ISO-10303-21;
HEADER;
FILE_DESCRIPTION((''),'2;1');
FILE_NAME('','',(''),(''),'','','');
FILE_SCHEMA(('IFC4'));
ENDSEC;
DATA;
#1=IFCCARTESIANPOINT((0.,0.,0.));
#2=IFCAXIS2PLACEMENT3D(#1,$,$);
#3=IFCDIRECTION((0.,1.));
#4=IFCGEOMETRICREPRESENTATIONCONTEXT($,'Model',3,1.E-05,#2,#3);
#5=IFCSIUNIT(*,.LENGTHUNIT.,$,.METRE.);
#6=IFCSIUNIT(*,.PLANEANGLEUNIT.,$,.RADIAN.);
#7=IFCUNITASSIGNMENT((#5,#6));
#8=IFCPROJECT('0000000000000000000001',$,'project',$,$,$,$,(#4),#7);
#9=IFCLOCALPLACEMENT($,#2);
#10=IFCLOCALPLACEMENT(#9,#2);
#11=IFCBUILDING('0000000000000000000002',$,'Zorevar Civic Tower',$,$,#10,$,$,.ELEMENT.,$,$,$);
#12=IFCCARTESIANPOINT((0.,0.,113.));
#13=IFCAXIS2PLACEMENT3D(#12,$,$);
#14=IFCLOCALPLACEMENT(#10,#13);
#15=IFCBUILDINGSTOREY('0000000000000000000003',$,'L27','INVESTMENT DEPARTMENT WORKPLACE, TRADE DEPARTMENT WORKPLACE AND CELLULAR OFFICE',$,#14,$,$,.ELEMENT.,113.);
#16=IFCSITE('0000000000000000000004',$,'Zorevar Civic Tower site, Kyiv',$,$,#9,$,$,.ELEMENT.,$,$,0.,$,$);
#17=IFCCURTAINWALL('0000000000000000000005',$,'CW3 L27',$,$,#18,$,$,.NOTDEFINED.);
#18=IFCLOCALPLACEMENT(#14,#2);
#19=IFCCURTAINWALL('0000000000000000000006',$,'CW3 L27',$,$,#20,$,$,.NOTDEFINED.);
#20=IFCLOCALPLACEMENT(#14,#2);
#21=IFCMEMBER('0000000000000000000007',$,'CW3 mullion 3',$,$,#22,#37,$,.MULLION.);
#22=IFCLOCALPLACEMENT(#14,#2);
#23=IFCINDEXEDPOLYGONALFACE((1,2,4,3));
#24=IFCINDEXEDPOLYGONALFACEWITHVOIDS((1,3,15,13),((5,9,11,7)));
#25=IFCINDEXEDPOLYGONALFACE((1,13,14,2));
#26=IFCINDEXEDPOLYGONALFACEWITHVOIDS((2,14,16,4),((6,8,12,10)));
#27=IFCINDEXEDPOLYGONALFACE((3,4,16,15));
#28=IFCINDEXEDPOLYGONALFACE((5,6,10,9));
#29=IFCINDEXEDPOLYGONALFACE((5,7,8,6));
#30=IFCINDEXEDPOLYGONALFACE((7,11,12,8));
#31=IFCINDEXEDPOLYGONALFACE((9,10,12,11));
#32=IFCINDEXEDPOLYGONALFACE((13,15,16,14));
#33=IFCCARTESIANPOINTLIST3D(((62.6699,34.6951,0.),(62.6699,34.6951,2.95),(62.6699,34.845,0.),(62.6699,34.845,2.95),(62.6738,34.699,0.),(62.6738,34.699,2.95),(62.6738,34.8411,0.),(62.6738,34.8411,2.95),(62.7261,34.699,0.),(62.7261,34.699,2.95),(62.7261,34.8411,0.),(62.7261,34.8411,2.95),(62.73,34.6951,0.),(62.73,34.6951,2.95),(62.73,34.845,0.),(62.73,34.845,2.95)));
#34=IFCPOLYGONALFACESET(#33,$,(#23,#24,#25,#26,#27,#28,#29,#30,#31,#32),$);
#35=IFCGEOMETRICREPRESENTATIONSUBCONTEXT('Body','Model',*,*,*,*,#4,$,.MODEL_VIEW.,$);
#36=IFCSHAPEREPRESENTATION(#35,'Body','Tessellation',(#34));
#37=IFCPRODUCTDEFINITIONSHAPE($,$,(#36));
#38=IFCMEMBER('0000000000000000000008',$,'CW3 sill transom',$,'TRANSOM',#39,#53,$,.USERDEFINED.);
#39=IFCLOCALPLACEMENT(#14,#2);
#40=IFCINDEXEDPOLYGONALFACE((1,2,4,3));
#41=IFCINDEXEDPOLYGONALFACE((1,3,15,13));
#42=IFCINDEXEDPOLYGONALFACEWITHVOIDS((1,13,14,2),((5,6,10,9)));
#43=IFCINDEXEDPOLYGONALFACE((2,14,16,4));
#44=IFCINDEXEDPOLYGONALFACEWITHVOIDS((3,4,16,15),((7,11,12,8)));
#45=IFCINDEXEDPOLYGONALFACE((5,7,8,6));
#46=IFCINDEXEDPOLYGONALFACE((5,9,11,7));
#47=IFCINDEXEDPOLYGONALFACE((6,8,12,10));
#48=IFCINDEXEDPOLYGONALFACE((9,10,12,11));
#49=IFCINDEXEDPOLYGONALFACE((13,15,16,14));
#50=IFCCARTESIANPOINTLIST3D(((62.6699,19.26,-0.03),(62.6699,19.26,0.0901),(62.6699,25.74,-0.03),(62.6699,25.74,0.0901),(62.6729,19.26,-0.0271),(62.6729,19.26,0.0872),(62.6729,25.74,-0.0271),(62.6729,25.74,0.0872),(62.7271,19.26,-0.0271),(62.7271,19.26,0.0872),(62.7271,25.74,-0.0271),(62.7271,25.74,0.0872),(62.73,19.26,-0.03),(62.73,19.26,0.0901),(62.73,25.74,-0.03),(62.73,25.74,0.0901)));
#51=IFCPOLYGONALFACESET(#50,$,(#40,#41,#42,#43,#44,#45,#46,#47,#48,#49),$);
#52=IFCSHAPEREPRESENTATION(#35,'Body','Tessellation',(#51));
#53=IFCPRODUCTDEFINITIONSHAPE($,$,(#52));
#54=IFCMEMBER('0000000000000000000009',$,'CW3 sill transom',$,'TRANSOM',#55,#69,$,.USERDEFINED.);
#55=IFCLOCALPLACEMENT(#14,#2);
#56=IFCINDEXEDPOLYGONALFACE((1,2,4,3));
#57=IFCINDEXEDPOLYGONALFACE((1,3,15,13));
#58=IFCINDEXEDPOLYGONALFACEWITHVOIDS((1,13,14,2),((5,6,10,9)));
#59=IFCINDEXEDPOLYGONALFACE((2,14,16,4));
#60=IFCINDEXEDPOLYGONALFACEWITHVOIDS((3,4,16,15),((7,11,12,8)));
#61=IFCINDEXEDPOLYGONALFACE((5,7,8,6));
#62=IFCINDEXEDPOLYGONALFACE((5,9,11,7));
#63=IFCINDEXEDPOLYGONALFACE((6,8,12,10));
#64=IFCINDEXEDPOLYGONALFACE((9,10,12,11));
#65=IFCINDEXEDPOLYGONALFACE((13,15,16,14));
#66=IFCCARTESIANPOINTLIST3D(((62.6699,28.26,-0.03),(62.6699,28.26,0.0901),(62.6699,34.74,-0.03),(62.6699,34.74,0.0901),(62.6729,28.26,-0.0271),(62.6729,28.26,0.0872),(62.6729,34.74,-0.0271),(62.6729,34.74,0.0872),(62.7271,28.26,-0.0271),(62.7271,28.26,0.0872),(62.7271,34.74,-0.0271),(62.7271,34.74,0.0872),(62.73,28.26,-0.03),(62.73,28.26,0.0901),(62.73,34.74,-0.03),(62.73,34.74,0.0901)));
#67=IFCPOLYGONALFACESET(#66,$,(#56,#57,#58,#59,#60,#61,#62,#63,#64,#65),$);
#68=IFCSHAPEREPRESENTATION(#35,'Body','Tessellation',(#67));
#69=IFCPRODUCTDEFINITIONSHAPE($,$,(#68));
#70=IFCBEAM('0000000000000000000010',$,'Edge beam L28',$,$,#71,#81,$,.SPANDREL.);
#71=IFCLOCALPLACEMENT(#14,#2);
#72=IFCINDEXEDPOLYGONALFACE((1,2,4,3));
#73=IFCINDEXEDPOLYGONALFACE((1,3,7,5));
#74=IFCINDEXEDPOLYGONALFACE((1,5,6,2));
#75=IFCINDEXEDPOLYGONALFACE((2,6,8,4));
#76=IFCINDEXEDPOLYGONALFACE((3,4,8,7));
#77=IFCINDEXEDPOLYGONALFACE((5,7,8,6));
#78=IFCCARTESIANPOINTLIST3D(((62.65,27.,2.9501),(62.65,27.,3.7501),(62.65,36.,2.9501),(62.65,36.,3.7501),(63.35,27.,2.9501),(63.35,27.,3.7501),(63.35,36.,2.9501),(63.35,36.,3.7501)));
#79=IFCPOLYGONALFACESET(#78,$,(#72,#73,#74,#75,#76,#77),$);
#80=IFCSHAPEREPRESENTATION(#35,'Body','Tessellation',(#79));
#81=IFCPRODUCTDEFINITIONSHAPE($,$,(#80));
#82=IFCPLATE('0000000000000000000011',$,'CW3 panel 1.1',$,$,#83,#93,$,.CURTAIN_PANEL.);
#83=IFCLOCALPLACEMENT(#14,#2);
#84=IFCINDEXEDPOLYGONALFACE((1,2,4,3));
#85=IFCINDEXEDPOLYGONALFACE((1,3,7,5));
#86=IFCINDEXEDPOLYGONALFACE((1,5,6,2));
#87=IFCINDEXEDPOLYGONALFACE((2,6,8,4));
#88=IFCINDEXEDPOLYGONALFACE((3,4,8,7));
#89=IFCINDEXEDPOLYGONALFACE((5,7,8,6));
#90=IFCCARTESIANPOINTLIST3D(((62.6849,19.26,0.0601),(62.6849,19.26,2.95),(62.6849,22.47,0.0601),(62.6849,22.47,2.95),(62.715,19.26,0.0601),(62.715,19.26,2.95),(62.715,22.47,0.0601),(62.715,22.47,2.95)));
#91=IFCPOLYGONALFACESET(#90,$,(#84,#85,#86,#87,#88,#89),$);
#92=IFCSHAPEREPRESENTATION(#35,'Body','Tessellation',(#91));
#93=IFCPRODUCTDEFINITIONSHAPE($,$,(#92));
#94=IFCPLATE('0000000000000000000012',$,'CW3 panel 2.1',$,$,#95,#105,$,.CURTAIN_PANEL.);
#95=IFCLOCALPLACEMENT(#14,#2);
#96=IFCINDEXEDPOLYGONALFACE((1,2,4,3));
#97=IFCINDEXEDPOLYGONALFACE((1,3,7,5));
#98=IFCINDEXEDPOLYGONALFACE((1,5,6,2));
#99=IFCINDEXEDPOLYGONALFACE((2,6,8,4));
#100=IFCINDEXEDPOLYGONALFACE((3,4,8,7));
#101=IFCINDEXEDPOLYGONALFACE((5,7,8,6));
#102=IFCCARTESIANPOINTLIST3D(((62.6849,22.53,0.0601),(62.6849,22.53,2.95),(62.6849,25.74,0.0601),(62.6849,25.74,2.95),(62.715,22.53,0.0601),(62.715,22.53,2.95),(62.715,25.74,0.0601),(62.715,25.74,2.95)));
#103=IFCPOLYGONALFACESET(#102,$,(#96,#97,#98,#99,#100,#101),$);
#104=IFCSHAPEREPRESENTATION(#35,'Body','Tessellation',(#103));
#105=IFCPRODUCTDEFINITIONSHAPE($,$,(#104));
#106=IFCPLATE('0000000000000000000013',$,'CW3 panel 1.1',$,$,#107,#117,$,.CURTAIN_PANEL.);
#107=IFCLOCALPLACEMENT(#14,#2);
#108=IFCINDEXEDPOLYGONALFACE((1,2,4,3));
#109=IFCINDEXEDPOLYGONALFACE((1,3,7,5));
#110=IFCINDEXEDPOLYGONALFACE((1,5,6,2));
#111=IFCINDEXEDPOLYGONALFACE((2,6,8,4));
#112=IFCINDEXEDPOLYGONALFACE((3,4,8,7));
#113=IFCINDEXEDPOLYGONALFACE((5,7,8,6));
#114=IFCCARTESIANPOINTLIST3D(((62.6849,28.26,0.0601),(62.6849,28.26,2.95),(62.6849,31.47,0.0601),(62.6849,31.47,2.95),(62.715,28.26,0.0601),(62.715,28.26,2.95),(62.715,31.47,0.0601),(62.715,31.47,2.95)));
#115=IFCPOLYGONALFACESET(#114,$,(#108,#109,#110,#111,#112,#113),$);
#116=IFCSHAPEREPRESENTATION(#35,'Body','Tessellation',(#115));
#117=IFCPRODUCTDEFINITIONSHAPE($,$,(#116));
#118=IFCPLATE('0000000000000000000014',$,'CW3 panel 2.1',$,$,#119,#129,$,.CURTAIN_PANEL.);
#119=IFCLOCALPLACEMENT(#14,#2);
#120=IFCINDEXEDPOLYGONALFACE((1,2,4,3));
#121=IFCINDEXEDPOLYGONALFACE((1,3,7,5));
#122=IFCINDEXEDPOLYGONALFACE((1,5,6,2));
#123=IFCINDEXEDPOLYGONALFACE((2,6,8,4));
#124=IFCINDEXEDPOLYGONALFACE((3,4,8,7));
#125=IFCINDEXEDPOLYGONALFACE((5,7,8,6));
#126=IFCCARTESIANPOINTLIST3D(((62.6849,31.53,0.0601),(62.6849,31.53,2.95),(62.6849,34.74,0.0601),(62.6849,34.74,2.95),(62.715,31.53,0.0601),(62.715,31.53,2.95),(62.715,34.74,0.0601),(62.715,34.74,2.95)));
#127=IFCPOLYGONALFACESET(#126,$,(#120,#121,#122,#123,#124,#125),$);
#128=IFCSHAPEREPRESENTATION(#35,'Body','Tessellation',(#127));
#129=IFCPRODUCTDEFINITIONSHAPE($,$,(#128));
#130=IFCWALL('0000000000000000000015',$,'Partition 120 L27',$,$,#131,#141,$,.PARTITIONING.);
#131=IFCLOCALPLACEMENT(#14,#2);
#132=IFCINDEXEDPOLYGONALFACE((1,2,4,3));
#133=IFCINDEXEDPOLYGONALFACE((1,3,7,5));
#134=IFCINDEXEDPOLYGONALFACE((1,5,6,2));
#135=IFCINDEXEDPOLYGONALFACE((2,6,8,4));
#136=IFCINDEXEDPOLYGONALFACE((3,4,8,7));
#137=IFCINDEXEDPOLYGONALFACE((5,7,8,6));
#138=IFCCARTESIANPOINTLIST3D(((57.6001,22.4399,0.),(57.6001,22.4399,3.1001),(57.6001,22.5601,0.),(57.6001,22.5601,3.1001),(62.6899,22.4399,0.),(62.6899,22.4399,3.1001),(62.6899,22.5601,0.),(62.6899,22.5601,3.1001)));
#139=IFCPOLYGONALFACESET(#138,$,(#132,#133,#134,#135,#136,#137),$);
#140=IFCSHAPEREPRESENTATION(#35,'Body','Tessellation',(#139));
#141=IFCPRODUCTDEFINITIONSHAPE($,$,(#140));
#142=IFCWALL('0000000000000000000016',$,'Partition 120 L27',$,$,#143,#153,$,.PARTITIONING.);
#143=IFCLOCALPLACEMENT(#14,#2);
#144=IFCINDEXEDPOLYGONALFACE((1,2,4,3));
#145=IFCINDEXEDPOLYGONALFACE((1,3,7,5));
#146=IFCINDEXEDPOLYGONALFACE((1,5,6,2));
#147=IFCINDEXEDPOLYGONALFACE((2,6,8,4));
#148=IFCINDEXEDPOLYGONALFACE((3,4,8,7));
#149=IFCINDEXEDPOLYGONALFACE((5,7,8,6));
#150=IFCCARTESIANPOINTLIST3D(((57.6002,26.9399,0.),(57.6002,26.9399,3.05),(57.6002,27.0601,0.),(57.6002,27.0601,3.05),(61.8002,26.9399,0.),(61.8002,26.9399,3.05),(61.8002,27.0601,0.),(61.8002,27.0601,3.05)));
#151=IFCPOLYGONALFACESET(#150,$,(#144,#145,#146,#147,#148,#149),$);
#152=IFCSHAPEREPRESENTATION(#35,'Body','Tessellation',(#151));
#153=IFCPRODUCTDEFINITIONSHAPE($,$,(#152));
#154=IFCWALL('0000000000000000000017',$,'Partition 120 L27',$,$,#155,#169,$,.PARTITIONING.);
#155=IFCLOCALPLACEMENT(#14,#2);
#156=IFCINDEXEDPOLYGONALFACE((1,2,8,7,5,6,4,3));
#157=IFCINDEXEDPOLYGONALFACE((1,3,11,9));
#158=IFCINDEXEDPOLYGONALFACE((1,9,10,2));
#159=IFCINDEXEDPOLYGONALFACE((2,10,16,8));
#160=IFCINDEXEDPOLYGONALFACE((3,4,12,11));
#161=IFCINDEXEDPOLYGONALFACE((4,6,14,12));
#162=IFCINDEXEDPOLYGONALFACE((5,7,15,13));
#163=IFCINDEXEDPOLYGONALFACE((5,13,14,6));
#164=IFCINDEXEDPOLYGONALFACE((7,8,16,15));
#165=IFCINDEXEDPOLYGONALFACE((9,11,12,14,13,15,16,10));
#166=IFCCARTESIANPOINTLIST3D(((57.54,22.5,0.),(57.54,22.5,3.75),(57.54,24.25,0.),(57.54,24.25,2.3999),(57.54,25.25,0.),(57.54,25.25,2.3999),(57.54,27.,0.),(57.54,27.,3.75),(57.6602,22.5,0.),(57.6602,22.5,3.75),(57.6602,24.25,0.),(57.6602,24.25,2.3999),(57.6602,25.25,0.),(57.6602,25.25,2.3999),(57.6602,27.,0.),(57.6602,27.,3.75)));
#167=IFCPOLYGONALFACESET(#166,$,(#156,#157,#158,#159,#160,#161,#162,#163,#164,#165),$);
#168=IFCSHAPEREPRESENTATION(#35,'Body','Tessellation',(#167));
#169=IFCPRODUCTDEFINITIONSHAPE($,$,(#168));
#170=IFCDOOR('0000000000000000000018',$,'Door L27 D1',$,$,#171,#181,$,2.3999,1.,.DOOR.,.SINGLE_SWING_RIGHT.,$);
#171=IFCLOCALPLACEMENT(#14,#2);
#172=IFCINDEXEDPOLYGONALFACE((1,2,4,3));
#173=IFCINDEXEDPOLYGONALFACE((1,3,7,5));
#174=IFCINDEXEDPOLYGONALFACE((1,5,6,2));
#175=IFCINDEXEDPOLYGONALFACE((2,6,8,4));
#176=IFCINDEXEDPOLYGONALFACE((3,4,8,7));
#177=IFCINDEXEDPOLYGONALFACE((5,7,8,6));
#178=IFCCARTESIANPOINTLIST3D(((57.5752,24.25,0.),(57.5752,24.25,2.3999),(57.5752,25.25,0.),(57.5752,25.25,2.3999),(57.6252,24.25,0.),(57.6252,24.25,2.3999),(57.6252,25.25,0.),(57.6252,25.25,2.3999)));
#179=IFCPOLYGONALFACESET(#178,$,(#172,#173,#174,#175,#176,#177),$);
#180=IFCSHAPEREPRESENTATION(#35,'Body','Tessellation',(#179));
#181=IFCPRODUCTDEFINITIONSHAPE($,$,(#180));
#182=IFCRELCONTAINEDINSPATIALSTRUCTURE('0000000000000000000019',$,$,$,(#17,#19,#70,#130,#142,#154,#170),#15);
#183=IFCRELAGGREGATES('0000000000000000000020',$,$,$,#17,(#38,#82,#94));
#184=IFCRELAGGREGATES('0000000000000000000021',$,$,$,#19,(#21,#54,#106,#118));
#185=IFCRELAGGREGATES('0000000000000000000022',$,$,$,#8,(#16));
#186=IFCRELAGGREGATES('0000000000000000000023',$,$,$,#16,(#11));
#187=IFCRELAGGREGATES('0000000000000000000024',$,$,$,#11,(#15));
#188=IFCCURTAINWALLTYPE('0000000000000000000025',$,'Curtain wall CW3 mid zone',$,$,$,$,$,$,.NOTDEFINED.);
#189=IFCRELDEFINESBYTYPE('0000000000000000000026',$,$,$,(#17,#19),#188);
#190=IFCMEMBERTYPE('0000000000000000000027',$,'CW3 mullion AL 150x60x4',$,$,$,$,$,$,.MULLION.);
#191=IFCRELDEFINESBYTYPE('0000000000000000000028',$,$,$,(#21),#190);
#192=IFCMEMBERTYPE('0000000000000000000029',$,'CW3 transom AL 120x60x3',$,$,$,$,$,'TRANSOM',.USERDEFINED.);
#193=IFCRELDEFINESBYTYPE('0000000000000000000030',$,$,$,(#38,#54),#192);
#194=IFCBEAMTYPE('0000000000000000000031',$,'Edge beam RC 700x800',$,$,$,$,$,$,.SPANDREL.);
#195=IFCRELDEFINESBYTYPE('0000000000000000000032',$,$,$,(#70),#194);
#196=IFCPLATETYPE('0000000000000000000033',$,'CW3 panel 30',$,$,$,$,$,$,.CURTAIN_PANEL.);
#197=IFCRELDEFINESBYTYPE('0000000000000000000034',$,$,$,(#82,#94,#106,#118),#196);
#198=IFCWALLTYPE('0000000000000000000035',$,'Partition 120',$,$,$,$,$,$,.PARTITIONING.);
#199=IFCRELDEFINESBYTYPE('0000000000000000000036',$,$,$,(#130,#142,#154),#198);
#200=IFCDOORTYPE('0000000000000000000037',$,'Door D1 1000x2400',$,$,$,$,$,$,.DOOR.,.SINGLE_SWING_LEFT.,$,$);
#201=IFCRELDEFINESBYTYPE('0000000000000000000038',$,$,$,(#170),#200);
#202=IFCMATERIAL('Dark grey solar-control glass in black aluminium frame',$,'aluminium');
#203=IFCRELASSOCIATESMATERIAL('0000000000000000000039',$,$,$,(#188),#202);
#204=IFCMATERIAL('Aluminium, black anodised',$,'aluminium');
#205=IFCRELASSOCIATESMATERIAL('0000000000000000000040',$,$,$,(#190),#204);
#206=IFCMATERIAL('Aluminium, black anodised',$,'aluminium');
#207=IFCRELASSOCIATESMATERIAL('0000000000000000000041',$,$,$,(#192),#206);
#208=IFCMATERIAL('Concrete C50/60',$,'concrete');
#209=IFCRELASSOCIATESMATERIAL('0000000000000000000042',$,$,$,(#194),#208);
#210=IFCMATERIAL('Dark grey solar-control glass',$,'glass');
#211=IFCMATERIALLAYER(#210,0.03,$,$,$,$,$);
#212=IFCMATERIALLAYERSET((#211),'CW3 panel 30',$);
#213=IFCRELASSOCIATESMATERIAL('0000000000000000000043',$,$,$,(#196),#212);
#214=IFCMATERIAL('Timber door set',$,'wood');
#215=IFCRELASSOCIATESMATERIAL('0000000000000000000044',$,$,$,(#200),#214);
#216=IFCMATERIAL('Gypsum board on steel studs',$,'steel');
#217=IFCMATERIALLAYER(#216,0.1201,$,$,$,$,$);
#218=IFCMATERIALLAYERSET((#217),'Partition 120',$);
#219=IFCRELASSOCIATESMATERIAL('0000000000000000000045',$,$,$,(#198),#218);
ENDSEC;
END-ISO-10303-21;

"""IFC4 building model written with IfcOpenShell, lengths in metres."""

from ifc_helpers import new_model, si_unit, direction, frame, frame_2d, origin, origin_2d, place, context, subcontext, project, spatial, rectangle, hollow_rectangle, extrude, material, layer, layer_set, material_profile, profile_set, type_object, element, fill, aggregate, save


model = new_model("IFC4")

# Units and contexts
model_context = context("Model", 3, precision=1e-05, world=origin(), true_north=direction((0.0, 1.0)))
body_context = subcontext(model_context, "Body", "Model", "MODEL_VIEW")
ifc_project = project(units=[si_unit("LENGTHUNIT", "METRE"), si_unit("PLANEANGLEUNIT", "RADIAN")], contexts=[model_context])

# Site, building, storey
site_placement = place(None, origin())
site = spatial("IfcSite", under=ifc_project, at=site_placement, Name="Zorevar Civic Tower site, Kyiv", CompositionType="ELEMENT", RefElevation=0.0)
building_placement = place(site_placement, origin())
building = spatial("IfcBuilding", under=site, at=building_placement, Name="Zorevar Civic Tower", CompositionType="ELEMENT")
storey_placement = place(building_placement, frame((0.0, 0.0, 113.0)))
storey = spatial("IfcBuildingStorey", under=building, at=storey_placement, Name="L27", Description="INVESTMENT DEPARTMENT WORKPLACE, TRADE DEPARTMENT WORKPLACE AND CELLULAR OFFICE", CompositionType="ELEMENT", Elevation=113.0)

# Curtain walls, member
ifc_material_1 = material(Name="Dark grey solar-control glass in black aluminium frame", Category="aluminium")
curtain_wall_type = type_object("IfcCurtainWallType", Name="Curtain wall CW3 mid zone", PredefinedType="NOTDEFINED", material=ifc_material_1)
curtain_wall_1_placement = place(storey_placement, origin())
curtain_wall_1 = element("IfcCurtainWall", 1, at=curtain_wall_1_placement, inside=storey, type_object=curtain_wall_type, Name="CW3 L27", PredefinedType="NOTDEFINED")
ifc_material_2 = material(Name="Aluminium, black anodised", Category="aluminium")
ifc_material_profile_1 = material_profile(ifc_material_2, hollow_rectangle(XDim=0.0601, YDim=0.1499, WallThickness=0.0039, at=origin_2d()), Name="AL 150x60x4")
ifc_profile_set_1 = profile_set([ifc_material_profile_1], Name="Aluminium, black anodised")
member_type_1 = type_object("IfcMemberType", Name="CW3 mullion AL 150x60x4", PredefinedType="MULLION", material=ifc_profile_set_1)
curtain_wall_2_placement = place(storey_placement, origin())
curtain_wall_2 = element("IfcCurtainWall", 2, at=curtain_wall_2_placement, inside=storey, type_object=curtain_wall_type, Name="CW3 L27", PredefinedType="NOTDEFINED")
member_1_placement = place(storey_placement, frame((62.7, 34.77, 0.0), z_axis=(0.0, 0.0, 1.0), x_axis=(-1.0, 0.0, 0.0)))
member_1 = element("IfcMember", 3, at=member_1_placement, type_object=member_type_1, Name="CW3 mullion 3", PredefinedType="MULLION", context=body_context, shape_type="SweptSolid", body=[
    extrude(hollow_rectangle(XDim=0.0601, YDim=0.1499, WallThickness=0.0039, at=origin_2d()), origin(), (0.0, 0.0, 1.0), 2.95),
])

# Members
ifc_material_3 = material(Name="Aluminium, black anodised", Category="aluminium")
ifc_material_profile_2 = material_profile(ifc_material_3, hollow_rectangle(XDim=0.0601, YDim=0.1201, WallThickness=0.0029, at=origin_2d()), Name="AL 120x60x3")
ifc_profile_set_2 = profile_set([ifc_material_profile_2], Name="Aluminium, black anodised")
member_type_2 = type_object("IfcMemberType", Name="CW3 transom AL 120x60x3", ElementType="TRANSOM", PredefinedType="USERDEFINED", material=ifc_profile_set_2)
member_2_placement = place(storey_placement, frame((62.7, 19.26, 0.03), z_axis=(0.0, 1.0, 0.0), x_axis=(-1.0, 0.0, 0.0)))
member_2 = element("IfcMember", 4, at=member_2_placement, type_object=member_type_2, Name="CW3 sill transom", ObjectType="TRANSOM", PredefinedType="USERDEFINED", context=body_context, shape_type="SweptSolid", body=[
    extrude(hollow_rectangle(XDim=0.0601, YDim=0.1201, WallThickness=0.0029, at=origin_2d()), origin(), (0.0, 0.0, 1.0), 6.48),
])
member_3_placement = place(storey_placement, frame((62.7, 28.26, 0.03), z_axis=(0.0, 1.0, 0.0), x_axis=(-1.0, 0.0, 0.0)))
member_3 = element("IfcMember", 5, at=member_3_placement, type_object=member_type_2, Name="CW3 sill transom", ObjectType="TRANSOM", PredefinedType="USERDEFINED", context=body_context, shape_type="SweptSolid", body=[
    extrude(hollow_rectangle(XDim=0.0601, YDim=0.1201, WallThickness=0.0029, at=origin_2d()), origin(), (0.0, 0.0, 1.0), 6.48),
])

# Beam
ifc_material_4 = material(Name="Concrete C50/60", Category="concrete")
ifc_material_profile_3 = material_profile(ifc_material_4, rectangle(XDim=0.7, YDim=0.8, at=origin_2d()), Name="RC 700x800")
ifc_profile_set_3 = profile_set([ifc_material_profile_3], Name="Concrete C50/60")
beam_type_1 = type_object("IfcBeamType", Name="Edge beam RC 700x800", PredefinedType="SPANDREL", material=ifc_profile_set_3)
beam_1_placement = place(storey_placement, frame((63.0, 27.0, 3.3501), z_axis=(0.0, 1.0, 0.0), x_axis=(-1.0, 0.0, 0.0)))
element("IfcBeam", 6, at=beam_1_placement, inside=storey, type_object=beam_type_1, Name="Edge beam L28", PredefinedType="SPANDREL", context=body_context, shape_type="SweptSolid", body=[
    extrude(rectangle(XDim=0.7, YDim=0.8, at=origin_2d()), origin(), (0.0, 0.0, 1.0), 9.0),
])

# Plates
ifc_material_5 = material(Name="Dark grey solar-control glass", Category="glass")
ifc_layer_1 = layer(ifc_material_5, 0.03)
ifc_layer_set_1 = layer_set([ifc_layer_1], Name="CW3 panel 30")
plate_type = type_object("IfcPlateType", Name="CW3 panel 30", PredefinedType="CURTAIN_PANEL", material=ifc_layer_set_1)
plate_1_placement = place(storey_placement, frame((62.7, 20.865, 0.0601), z_axis=(0.0, 0.0, 1.0), x_axis=(0.0, 1.0, 0.0)))
plate_1 = element("IfcPlate", 7, at=plate_1_placement, type_object=plate_type, Name="CW3 panel 1.1", PredefinedType="CURTAIN_PANEL", context=body_context, shape_type="SweptSolid", body=[
    extrude(rectangle(XDim=3.21, YDim=0.03, at=origin_2d()), origin(), (0.0, 0.0, 1.0), 2.8899),
])
plate_2_placement = place(storey_placement, frame((62.7, 24.135, 0.0601), z_axis=(0.0, 0.0, 1.0), x_axis=(0.0, 1.0, 0.0)))
plate_2 = element("IfcPlate", 8, at=plate_2_placement, type_object=plate_type, Name="CW3 panel 2.1", PredefinedType="CURTAIN_PANEL", context=body_context, shape_type="SweptSolid", body=[
    extrude(rectangle(XDim=3.21, YDim=0.03, at=origin_2d()), origin(), (0.0, 0.0, 1.0), 2.8899),
])
aggregate(curtain_wall_1, [member_2, plate_1, plate_2])
plate_3_placement = place(storey_placement, frame((62.7, 29.865, 0.0601), z_axis=(0.0, 0.0, 1.0), x_axis=(0.0, 1.0, 0.0)))
plate_3 = element("IfcPlate", 9, at=plate_3_placement, type_object=plate_type, Name="CW3 panel 1.1", PredefinedType="CURTAIN_PANEL", context=body_context, shape_type="SweptSolid", body=[
    extrude(rectangle(XDim=3.21, YDim=0.03, at=origin_2d()), origin(), (0.0, 0.0, 1.0), 2.8899),
])
plate_4_placement = place(storey_placement, frame((62.7, 33.135, 0.0601), z_axis=(0.0, 0.0, 1.0), x_axis=(0.0, 1.0, 0.0)))
plate_4 = element("IfcPlate", 10, at=plate_4_placement, type_object=plate_type, Name="CW3 panel 2.1", PredefinedType="CURTAIN_PANEL", context=body_context, shape_type="SweptSolid", body=[
    extrude(rectangle(XDim=3.21, YDim=0.03, at=origin_2d()), origin(), (0.0, 0.0, 1.0), 2.8899),
])
aggregate(curtain_wall_2, [member_1, member_3, plate_3, plate_4])

# Shared definitions
ifc_material_6 = material(Name="Timber door set", Category="wood")
door_type_1 = type_object("IfcDoorType", Name="Door D1 1000x2400", OperationType="SINGLE_SWING_LEFT", PredefinedType="DOOR", material=ifc_material_6)

# Walls
ifc_material_7 = material(Name="Gypsum board on steel studs", Category="steel")
ifc_layer_2 = layer(ifc_material_7, 0.1201)
ifc_layer_set_2 = layer_set([ifc_layer_2], Name="Partition 120")
wall_type_1 = type_object("IfcWallType", Name="Partition 120", PredefinedType="PARTITIONING", material=ifc_layer_set_2)
wall_1_placement = place(storey_placement, frame((57.6001, 22.5, 0.0), z_axis=(0.0, 0.0, 1.0), x_axis=(1.0, 0.0, 0.0)))
element("IfcWall", 11, at=wall_1_placement, inside=storey, type_object=wall_type_1, Name="Partition 120 L27", PredefinedType="PARTITIONING", context=body_context, shape_type="SweptSolid", body=[
    extrude(rectangle(XDim=5.0898, YDim=0.1201, at=frame_2d((2.5449, 0.0))), origin(), (0.0, 0.0, 1.0), 3.1001),
])
wall_2_placement = place(storey_placement, frame((57.6001, 27.0, 0.0), z_axis=(0.0, 0.0, 1.0), x_axis=(1.0, 0.0, 0.0)))
element("IfcWall", 12, at=wall_2_placement, inside=storey, type_object=wall_type_1, Name="Partition 120 L27", PredefinedType="PARTITIONING", context=body_context, shape_type="SweptSolid", body=[
    extrude(rectangle(XDim=4.2, YDim=0.1201, at=frame_2d((2.1001, 0.0))), origin(), (0.0, 0.0, 1.0), 3.05),
])

# Wall, opening, door
wall_3_placement = place(storey_placement, frame((57.6001, 22.5, 0.0), z_axis=(0.0, 0.0, 1.0), x_axis=(0.0, 1.0, 0.0)))
wall_3 = element("IfcWall", 13, at=wall_3_placement, inside=storey, type_object=wall_type_1, Name="Partition 120 L27", PredefinedType="PARTITIONING", context=body_context, shape_type="SweptSolid", body=[
    extrude(rectangle(XDim=4.5, YDim=0.1201, at=frame_2d((2.25, 0.0))), origin(), (0.0, 0.0, 1.0), 3.75),
])
opening_1_placement = place(wall_3_placement, frame((1.75, 0.0, 0.0)))
opening_1 = element("IfcOpeningElement", 14, at=opening_1_placement, cuts=wall_3, PredefinedType="OPENING", context=body_context, shape_type="SweptSolid", body=[
    extrude(rectangle(XDim=1.0, YDim=2.3999, at=frame_2d((0.5, 1.2))), frame((0.0, 0.0701, 0.0), z_axis=(0.0, -1.0, 0.0), x_axis=(1.0, 0.0, 0.0)), (0.0, 0.0, 1.0), 0.1401),
])
door_1_placement = place(opening_1_placement, origin())
door_1 = element("IfcDoor", 15, at=door_1_placement, inside=storey, type_object=door_type_1, Name="Door L27 D1", OperationType="SINGLE_SWING_RIGHT", OverallHeight=2.3999, OverallWidth=1.0, PredefinedType="DOOR", context=body_context, shape_type="SweptSolid", body=[
    extrude(rectangle(XDim=1.0, YDim=2.3999, at=frame_2d((0.5, 1.2))), frame((0.0, 0.0249, 0.0), z_axis=(0.0, -1.0, 0.0), x_axis=(1.0, 0.0, 0.0)), (0.0, 0.0, 1.0), 0.05),
])
fill(opening_1, door_1)

save(model, "model.ifc")
